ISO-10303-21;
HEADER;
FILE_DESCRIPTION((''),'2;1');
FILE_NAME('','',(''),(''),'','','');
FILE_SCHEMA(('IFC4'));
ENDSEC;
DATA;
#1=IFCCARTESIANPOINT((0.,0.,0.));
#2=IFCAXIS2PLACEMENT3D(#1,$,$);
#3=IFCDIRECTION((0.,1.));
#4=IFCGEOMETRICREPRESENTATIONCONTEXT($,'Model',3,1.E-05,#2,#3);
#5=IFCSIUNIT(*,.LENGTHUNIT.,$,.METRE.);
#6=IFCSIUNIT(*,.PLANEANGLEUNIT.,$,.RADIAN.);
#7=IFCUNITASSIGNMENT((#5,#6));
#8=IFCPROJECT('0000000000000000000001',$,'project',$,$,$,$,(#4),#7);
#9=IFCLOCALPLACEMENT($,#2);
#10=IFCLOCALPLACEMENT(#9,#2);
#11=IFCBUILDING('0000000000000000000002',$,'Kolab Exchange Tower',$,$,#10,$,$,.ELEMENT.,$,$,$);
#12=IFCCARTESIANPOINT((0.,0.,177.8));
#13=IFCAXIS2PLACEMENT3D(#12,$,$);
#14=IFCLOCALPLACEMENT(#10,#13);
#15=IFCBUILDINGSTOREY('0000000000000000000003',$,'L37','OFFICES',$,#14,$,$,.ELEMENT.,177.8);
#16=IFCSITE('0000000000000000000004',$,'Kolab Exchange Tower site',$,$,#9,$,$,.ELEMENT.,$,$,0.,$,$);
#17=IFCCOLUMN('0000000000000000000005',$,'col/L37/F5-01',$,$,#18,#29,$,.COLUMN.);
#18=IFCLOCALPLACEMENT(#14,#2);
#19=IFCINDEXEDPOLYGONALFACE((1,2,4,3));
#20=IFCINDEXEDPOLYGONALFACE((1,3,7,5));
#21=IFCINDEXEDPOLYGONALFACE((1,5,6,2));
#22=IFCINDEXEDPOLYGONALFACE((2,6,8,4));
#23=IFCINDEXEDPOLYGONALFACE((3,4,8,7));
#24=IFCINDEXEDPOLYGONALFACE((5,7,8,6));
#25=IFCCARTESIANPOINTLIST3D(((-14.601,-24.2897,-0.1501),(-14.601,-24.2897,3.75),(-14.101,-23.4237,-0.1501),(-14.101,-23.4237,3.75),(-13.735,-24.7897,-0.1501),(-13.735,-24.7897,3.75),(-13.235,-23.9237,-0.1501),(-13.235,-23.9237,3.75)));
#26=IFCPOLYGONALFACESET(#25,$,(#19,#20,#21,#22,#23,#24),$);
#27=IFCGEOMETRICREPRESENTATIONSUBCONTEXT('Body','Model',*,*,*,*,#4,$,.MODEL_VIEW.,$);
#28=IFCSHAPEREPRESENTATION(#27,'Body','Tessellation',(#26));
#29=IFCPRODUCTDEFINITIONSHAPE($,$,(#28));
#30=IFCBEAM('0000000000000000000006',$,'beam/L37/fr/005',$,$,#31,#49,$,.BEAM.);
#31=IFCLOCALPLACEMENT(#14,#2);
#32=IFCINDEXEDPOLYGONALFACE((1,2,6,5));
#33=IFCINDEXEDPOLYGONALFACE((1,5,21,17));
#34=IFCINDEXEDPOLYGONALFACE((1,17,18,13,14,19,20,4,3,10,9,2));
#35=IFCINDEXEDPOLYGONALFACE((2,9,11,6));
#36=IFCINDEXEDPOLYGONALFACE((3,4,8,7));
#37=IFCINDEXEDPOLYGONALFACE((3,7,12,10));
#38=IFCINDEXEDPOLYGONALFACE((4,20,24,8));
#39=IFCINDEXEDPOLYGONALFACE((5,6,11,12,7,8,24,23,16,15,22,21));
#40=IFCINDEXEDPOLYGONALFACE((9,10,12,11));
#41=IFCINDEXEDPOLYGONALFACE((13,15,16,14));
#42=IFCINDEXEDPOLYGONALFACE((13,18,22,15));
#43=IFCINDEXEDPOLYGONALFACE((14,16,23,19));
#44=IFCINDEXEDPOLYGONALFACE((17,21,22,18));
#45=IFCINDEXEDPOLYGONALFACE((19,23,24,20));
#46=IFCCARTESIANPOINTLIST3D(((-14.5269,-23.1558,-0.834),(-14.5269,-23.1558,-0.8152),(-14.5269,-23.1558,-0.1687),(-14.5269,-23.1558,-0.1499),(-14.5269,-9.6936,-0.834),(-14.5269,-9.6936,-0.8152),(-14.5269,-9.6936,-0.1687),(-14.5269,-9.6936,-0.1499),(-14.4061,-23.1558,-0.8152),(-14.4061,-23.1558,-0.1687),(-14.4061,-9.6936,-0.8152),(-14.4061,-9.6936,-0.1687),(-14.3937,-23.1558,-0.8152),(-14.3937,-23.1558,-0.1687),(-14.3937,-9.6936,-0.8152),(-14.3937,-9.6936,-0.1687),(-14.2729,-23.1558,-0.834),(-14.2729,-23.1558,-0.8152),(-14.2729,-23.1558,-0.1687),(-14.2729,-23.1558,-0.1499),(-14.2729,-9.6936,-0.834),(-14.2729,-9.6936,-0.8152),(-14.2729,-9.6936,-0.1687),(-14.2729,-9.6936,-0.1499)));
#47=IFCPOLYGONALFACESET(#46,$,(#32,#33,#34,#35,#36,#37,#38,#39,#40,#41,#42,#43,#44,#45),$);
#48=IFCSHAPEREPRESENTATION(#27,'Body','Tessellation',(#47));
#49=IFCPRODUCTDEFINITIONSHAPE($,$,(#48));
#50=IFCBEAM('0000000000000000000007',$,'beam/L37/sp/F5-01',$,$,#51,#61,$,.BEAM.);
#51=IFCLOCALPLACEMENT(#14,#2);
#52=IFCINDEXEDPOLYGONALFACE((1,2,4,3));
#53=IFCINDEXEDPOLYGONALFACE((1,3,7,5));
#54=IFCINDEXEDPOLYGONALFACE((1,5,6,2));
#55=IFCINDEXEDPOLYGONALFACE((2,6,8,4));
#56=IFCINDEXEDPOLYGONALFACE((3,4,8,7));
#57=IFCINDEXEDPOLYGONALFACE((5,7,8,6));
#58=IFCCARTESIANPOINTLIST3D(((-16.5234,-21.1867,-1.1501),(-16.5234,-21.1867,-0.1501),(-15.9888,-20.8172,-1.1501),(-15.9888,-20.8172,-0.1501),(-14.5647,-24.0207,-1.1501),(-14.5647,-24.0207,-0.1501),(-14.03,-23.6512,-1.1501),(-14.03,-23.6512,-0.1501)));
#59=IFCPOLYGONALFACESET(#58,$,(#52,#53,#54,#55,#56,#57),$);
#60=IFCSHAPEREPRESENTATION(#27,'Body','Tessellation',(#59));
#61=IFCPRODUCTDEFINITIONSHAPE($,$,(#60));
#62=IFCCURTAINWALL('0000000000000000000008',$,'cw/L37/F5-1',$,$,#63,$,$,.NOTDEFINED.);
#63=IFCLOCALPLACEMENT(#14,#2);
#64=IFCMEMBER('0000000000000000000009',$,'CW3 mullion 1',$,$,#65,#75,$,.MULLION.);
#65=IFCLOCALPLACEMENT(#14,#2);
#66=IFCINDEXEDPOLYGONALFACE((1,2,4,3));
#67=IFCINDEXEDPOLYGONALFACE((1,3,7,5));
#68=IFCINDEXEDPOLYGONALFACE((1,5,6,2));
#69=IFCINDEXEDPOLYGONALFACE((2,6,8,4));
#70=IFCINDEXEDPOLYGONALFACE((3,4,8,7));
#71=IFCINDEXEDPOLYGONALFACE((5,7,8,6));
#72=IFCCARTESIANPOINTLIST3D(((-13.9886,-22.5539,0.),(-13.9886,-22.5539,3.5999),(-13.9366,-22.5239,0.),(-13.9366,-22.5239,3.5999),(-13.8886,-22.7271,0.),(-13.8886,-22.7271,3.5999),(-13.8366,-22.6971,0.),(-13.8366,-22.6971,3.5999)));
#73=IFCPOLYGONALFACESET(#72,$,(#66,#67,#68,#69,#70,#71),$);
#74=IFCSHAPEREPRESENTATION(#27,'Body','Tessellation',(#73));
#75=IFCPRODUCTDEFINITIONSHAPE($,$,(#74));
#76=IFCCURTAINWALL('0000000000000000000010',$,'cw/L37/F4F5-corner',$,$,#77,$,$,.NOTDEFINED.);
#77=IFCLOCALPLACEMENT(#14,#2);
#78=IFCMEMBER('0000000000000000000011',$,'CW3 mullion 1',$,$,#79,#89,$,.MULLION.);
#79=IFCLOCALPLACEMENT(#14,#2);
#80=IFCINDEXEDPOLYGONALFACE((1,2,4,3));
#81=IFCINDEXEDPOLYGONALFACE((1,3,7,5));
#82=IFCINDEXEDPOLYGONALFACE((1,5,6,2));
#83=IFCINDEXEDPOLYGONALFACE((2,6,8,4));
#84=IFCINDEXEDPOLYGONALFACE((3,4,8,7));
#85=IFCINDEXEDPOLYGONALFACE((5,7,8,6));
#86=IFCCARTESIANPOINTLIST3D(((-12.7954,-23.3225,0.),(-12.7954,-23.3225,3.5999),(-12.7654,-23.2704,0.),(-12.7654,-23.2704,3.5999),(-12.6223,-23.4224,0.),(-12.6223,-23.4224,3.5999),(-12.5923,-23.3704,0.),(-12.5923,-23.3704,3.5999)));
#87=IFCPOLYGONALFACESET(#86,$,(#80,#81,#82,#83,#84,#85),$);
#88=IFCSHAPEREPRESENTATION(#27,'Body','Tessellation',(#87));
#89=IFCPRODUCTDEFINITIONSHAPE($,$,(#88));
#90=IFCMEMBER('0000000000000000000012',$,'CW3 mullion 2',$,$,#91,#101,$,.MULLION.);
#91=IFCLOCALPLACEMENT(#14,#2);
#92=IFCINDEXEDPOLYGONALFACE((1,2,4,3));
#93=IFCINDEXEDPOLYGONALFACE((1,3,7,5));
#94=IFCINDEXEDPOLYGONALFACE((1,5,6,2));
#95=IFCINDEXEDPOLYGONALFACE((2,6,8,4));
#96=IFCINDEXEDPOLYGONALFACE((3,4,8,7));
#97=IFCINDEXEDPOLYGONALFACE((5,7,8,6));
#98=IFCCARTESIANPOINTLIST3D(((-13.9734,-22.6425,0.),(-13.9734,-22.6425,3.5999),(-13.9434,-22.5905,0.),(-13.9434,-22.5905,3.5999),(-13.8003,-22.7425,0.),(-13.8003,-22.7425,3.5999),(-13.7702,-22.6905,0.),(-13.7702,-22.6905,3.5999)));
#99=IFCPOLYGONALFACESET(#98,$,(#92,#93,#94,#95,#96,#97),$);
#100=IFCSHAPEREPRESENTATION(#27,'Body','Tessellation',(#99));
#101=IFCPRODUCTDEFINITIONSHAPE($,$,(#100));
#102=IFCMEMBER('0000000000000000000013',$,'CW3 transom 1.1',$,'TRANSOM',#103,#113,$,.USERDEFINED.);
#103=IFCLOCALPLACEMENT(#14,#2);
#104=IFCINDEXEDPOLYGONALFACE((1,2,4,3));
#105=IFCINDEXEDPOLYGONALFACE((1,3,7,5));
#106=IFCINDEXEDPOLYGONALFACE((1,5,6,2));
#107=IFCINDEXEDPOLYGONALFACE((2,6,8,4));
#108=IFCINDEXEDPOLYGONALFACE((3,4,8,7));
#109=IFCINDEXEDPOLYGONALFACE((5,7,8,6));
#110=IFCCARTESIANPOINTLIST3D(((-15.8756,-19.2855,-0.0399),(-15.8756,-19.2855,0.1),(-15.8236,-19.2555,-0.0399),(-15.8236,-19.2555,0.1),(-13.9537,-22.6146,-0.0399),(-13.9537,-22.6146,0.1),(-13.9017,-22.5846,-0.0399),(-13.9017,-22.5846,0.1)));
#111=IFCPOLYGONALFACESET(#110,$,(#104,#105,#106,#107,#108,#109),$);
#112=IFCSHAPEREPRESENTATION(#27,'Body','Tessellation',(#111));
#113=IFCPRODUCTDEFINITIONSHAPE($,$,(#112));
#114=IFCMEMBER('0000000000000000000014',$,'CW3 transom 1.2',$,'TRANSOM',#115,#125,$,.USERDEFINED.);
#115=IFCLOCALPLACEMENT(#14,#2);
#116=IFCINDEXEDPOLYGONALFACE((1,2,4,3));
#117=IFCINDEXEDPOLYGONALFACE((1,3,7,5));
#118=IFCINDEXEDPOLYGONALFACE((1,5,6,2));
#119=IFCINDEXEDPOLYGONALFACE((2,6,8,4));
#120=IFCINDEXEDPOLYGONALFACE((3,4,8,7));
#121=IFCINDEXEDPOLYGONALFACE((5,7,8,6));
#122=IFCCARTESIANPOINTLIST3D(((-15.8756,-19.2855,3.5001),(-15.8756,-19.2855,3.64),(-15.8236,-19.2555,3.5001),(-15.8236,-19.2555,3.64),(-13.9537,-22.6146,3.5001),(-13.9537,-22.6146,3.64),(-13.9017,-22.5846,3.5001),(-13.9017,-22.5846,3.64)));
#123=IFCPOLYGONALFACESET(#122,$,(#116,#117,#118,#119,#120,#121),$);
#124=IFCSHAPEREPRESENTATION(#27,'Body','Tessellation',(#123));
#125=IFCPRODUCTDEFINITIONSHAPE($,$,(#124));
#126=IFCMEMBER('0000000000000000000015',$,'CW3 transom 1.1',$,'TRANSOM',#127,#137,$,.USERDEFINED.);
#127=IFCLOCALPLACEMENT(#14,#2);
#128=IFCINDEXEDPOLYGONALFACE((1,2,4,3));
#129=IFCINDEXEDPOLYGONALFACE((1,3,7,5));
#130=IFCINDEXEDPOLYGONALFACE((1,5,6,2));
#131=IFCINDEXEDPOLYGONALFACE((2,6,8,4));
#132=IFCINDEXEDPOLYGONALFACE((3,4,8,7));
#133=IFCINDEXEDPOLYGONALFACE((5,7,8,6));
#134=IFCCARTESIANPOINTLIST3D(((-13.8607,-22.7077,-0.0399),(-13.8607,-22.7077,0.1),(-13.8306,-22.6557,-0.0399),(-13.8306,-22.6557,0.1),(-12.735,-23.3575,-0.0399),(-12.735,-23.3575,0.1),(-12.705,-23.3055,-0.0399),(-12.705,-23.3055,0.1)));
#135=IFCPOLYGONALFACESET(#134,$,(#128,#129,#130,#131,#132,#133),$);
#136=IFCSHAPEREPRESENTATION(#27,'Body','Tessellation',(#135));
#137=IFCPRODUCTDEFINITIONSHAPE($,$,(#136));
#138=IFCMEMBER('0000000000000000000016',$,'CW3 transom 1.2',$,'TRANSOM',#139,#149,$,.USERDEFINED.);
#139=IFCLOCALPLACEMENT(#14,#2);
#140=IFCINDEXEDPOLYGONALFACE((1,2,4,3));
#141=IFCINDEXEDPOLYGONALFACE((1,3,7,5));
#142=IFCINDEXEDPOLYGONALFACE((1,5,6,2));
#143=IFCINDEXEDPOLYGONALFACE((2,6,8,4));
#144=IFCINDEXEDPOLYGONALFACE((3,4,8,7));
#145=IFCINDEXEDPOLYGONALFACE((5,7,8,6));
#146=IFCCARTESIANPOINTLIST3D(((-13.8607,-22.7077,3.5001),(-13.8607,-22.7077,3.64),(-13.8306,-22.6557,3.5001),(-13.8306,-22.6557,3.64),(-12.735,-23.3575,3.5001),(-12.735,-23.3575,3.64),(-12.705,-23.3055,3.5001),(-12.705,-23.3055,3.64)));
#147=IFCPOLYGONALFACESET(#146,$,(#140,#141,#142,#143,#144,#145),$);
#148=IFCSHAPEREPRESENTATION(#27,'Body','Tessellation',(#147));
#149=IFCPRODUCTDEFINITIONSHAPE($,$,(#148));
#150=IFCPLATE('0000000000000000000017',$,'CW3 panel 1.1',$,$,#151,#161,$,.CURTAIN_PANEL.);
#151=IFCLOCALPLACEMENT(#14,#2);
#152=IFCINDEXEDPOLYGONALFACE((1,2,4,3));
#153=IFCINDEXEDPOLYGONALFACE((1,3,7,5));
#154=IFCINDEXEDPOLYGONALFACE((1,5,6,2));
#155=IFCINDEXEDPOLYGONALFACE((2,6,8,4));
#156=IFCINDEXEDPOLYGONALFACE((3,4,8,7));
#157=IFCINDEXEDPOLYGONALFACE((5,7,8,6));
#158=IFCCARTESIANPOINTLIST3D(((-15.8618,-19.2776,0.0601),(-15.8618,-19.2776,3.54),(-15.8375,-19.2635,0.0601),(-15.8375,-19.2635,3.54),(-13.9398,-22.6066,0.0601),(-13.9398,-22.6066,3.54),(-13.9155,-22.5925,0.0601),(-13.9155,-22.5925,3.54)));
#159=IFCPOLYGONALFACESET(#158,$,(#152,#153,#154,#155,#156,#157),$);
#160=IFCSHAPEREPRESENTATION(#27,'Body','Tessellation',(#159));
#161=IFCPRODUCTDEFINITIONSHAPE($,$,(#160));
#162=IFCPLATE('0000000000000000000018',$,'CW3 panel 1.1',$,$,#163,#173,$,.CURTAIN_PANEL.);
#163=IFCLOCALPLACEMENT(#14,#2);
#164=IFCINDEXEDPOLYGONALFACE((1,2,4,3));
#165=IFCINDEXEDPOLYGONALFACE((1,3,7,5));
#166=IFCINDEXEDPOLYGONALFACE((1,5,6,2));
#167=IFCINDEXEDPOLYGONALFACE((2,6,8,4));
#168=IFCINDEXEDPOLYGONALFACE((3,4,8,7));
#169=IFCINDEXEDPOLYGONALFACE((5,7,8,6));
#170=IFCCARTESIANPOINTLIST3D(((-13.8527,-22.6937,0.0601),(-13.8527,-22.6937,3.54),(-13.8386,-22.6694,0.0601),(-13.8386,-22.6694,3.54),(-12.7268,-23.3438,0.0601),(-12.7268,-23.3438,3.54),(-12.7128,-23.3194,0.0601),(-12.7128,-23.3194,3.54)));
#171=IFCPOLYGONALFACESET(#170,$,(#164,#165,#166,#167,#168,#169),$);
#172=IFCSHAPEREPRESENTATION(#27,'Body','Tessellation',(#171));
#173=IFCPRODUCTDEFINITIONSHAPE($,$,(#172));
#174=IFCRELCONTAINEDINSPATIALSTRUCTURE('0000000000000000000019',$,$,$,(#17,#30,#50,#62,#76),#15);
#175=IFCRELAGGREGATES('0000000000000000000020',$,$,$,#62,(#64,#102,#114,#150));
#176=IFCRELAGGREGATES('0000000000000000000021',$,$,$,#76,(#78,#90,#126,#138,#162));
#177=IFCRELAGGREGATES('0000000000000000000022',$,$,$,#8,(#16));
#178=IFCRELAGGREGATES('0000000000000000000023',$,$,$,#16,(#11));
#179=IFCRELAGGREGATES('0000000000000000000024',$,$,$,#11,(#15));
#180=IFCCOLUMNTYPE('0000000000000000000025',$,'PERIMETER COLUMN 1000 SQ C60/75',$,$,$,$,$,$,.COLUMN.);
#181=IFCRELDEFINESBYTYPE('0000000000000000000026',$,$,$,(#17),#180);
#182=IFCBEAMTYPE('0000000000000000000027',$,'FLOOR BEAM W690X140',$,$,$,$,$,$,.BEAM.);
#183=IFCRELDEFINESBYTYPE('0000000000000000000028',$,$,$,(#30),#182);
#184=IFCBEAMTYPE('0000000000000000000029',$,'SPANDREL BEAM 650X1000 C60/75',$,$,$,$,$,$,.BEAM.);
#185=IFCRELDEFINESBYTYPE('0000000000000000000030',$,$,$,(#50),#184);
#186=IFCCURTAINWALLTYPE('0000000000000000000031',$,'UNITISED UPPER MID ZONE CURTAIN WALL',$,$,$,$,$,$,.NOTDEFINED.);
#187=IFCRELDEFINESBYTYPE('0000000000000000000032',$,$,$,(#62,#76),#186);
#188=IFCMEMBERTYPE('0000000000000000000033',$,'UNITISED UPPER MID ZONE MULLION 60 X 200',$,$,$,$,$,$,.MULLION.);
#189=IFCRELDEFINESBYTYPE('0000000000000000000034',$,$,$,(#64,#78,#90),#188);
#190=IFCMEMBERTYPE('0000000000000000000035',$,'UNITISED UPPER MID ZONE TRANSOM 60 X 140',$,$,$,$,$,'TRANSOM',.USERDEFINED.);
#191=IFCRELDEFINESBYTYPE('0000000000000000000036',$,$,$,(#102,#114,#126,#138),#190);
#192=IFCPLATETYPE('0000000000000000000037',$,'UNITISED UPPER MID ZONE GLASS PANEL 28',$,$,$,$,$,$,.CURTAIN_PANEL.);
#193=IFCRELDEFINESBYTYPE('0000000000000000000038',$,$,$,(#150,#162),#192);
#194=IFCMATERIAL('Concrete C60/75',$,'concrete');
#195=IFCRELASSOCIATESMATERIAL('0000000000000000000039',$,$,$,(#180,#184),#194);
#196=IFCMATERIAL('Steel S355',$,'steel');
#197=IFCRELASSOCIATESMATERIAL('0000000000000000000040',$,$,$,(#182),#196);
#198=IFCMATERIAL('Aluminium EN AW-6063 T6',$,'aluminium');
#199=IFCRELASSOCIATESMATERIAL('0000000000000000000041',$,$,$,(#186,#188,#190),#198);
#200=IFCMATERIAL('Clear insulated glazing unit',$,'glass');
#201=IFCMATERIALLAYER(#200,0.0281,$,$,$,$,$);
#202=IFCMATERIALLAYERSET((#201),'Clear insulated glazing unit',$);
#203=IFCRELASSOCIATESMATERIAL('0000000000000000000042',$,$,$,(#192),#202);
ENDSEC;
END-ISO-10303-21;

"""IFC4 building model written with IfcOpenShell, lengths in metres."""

from ifc_helpers import new_model, si_unit, direction, frame, origin, origin_2d, place, context, subcontext, project, spatial, rectangle, i_section, extrude, material, layer, layer_set, material_profile, profile_set, type_object, element, aggregate, save


model = new_model("IFC4")

# Units and contexts
model_context = context("Model", 3, precision=1e-05, world=origin(), true_north=direction((0.0, 1.0)))
body_context = subcontext(model_context, "Body", "Model", "MODEL_VIEW")
ifc_project = project(units=[si_unit("LENGTHUNIT", "METRE"), si_unit("PLANEANGLEUNIT", "RADIAN")], contexts=[model_context])

# Site, building, storey
site_placement = place(None, origin())
site = spatial("IfcSite", under=ifc_project, at=site_placement, Name="Kolab Exchange Tower site", CompositionType="ELEMENT", RefElevation=0.0)
building_placement = place(site_placement, origin())
building = spatial("IfcBuilding", under=site, at=building_placement, Name="Kolab Exchange Tower", CompositionType="ELEMENT")
storey_placement = place(building_placement, frame((0.0, 0.0, 177.8)))
storey = spatial("IfcBuildingStorey", under=building, at=storey_placement, Name="L37", Description="OFFICES", CompositionType="ELEMENT", Elevation=177.8)

# Column
ifc_material_1 = material(Name="Concrete C60/75", Category="concrete")
ifc_material_profile_1 = material_profile(ifc_material_1, rectangle(XDim=1.0, YDim=1.0, at=origin_2d()), Name="RC1000")
ifc_profile_set_1 = profile_set([ifc_material_profile_1], Name="Concrete C60/75")
column_type = type_object("IfcColumnType", Name="PERIMETER COLUMN 1000 SQ C60/75", PredefinedType="COLUMN", material=ifc_profile_set_1)
column_placement = place(storey_placement, frame((-13.918, -24.1067, -0.1501), z_axis=(0.0, 0.0, 1.0), x_axis=(0.5, 0.866025, 0.0)))
element("IfcColumn", 1, at=column_placement, inside=storey, type_object=column_type, Name="col/L37/F5-01", PredefinedType="COLUMN", context=body_context, shape_type="SweptSolid", body=[
    extrude(rectangle(XDim=1.0, YDim=1.0, at=origin_2d()), origin(), (0.0, 0.0, 1.0), 3.9001),
])

# Beams
ifc_material_2 = material(Name="Steel S355", Category="steel")
ifc_material_profile_2 = material_profile(ifc_material_2, i_section(OverallWidth=0.2539, OverallDepth=0.6841, WebThickness=0.0125, FlangeThickness=0.0188, at=origin_2d()), Name="W690X140")
ifc_profile_set_2 = profile_set([ifc_material_profile_2], Name="Steel S355")
beam_type_1 = type_object("IfcBeamType", Name="FLOOR BEAM W690X140", PredefinedType="BEAM", material=ifc_profile_set_2)
beam_1_placement = place(storey_placement, frame((-14.3999, -23.1558, -0.4919), z_axis=(0.0, 1.0, 0.0), x_axis=(-1.0, 0.0, 0.0)))
element("IfcBeam", 2, at=beam_1_placement, inside=storey, type_object=beam_type_1, Name="beam/L37/fr/005", PredefinedType="BEAM", context=body_context, shape_type="SweptSolid", body=[
    extrude(i_section(OverallWidth=0.2539, OverallDepth=0.6841, WebThickness=0.0125, FlangeThickness=0.0188, at=origin_2d()), origin(), (0.0, 0.0, 1.0), 13.4622),
])
ifc_material_profile_3 = material_profile(ifc_material_1, rectangle(XDim=0.6499, YDim=1.0, at=origin_2d()), Name="RC650X1000")
ifc_profile_set_3 = profile_set([ifc_material_profile_3], Name="Concrete C60/75")
beam_type_2 = type_object("IfcBeamType", Name="SPANDREL BEAM 650X1000 C60/75", PredefinedType="BEAM", material=ifc_profile_set_3)
beam_2_placement = place(storey_placement, frame((-14.2974, -23.8359, -0.6501), z_axis=(-0.568572, 0.822633, 0.0), x_axis=(-0.822633, -0.568572, 0.0)))
element("IfcBeam", 3, at=beam_2_placement, inside=storey, type_object=beam_type_2, Name="beam/L37/sp/F5-01", PredefinedType="BEAM", context=body_context, shape_type="SweptSolid", body=[
    extrude(rectangle(XDim=0.6499, YDim=1.0, at=origin_2d()), origin(), (0.0, 0.0, 1.0), 3.4451),
])

# Curtain wall, member
ifc_material_3 = material(Name="Aluminium EN AW-6063 T6", Category="aluminium")
curtain_wall_type = type_object("IfcCurtainWallType", Name="UNITISED UPPER MID ZONE CURTAIN WALL", PredefinedType="NOTDEFINED", material=ifc_material_3)
curtain_wall_1_placement = place(storey_placement, origin())
curtain_wall_1 = element("IfcCurtainWall", 4, at=curtain_wall_1_placement, inside=storey, type_object=curtain_wall_type, Name="cw/L37/F5-1", PredefinedType="NOTDEFINED")
ifc_material_profile_4 = material_profile(ifc_material_3, rectangle(XDim=0.0601, YDim=0.2, at=origin_2d()), Name="RECT 60X200")
ifc_profile_set_4 = profile_set([ifc_material_profile_4], Name="Aluminium EN AW-6063 T6")
member_type_1 = type_object("IfcMemberType", Name="UNITISED UPPER MID ZONE MULLION 60 X 200", PredefinedType="MULLION", material=ifc_profile_set_4)
member_1_placement = place(storey_placement, frame((-13.9126, -22.6255, 0.0), z_axis=(0.0, 0.0, 1.0), x_axis=(-0.866025, -0.5, 0.0)))
member_1 = element("IfcMember", 5, at=member_1_placement, type_object=member_type_1, Name="CW3 mullion 1", PredefinedType="MULLION", context=body_context, shape_type="SweptSolid", body=[
    extrude(rectangle(XDim=0.0601, YDim=0.2, at=origin_2d()), origin(), (0.0, 0.0, 1.0), 3.5999),
])

# Curtain wall, members
curtain_wall_2_placement = place(storey_placement, origin())
curtain_wall_2 = element("IfcCurtainWall", 6, at=curtain_wall_2_placement, inside=storey, type_object=curtain_wall_type, Name="cw/L37/F4F5-corner", PredefinedType="NOTDEFINED")
member_2_placement = place(storey_placement, frame((-12.6938, -23.3464, 0.0), z_axis=(0.0, 0.0, 1.0), x_axis=(-0.5, -0.866025, 0.0)))
member_2 = element("IfcMember", 7, at=member_2_placement, type_object=member_type_1, Name="CW3 mullion 1", PredefinedType="MULLION", context=body_context, shape_type="SweptSolid", body=[
    extrude(rectangle(XDim=0.0601, YDim=0.2, at=origin_2d()), origin(), (0.0, 0.0, 1.0), 3.5999),
])
member_3_placement = place(storey_placement, frame((-13.8718, -22.6665, 0.0), z_axis=(0.0, 0.0, 1.0), x_axis=(-0.5, -0.866025, 0.0)))
member_3 = element("IfcMember", 8, at=member_3_placement, type_object=member_type_1, Name="CW3 mullion 2", PredefinedType="MULLION", context=body_context, shape_type="SweptSolid", body=[
    extrude(rectangle(XDim=0.0601, YDim=0.2, at=origin_2d()), origin(), (0.0, 0.0, 1.0), 3.5999),
])

# Members
ifc_material_profile_5 = material_profile(ifc_material_3, rectangle(XDim=0.0601, YDim=0.1399, at=origin_2d()), Name="RECT 60X140")
ifc_profile_set_5 = profile_set([ifc_material_profile_5], Name="Aluminium EN AW-6063 T6")
member_type_2 = type_object("IfcMemberType", Name="UNITISED UPPER MID ZONE TRANSOM 60 X 140", ElementType="TRANSOM", PredefinedType="USERDEFINED", material=ifc_profile_set_5)
member_4_placement = place(storey_placement, frame((-13.9277, -22.5996, 0.03), z_axis=(-0.499964, 0.866046, 0.0), x_axis=(-0.866046, -0.499964, 0.0)))
member_4 = element("IfcMember", 9, at=member_4_placement, type_object=member_type_2, Name="CW3 transom 1.1", ObjectType="TRANSOM", PredefinedType="USERDEFINED", context=body_context, shape_type="SweptSolid", body=[
    extrude(rectangle(XDim=0.0601, YDim=0.1399, at=origin_2d()), origin(), (0.0, 0.0, 1.0), 3.844),
])
member_5_placement = place(storey_placement, frame((-13.9277, -22.5996, 3.5701), z_axis=(-0.499964, 0.866046, 0.0), x_axis=(-0.866046, -0.499964, 0.0)))
member_5 = element("IfcMember", 10, at=member_5_placement, type_object=member_type_2, Name="CW3 transom 1.2", ObjectType="TRANSOM", PredefinedType="USERDEFINED", context=body_context, shape_type="SweptSolid", body=[
    extrude(rectangle(XDim=0.0601, YDim=0.1399, at=origin_2d()), origin(), (0.0, 0.0, 1.0), 3.844),
])
member_6_placement = place(storey_placement, frame((-12.72, -23.3315, 0.03), z_axis=(-0.866039, 0.499977, 0.0), x_axis=(-0.499977, -0.866039, 0.0)))
member_6 = element("IfcMember", 11, at=member_6_placement, type_object=member_type_2, Name="CW3 transom 1.1", ObjectType="TRANSOM", PredefinedType="USERDEFINED", context=body_context, shape_type="SweptSolid", body=[
    extrude(rectangle(XDim=0.0601, YDim=0.1399, at=origin_2d()), origin(), (0.0, 0.0, 1.0), 1.2998),
])
member_7_placement = place(storey_placement, frame((-12.72, -23.3315, 3.5701), z_axis=(-0.866039, 0.499977, 0.0), x_axis=(-0.499977, -0.866039, 0.0)))
member_7 = element("IfcMember", 12, at=member_7_placement, type_object=member_type_2, Name="CW3 transom 1.2", ObjectType="TRANSOM", PredefinedType="USERDEFINED", context=body_context, shape_type="SweptSolid", body=[
    extrude(rectangle(XDim=0.0601, YDim=0.1399, at=origin_2d()), origin(), (0.0, 0.0, 1.0), 1.2998),
])

# Plates
ifc_material_4 = material(Name="Clear insulated glazing unit", Category="glass")
ifc_layer = layer(ifc_material_4, 0.0281)
ifc_layer_set = layer_set([ifc_layer], Name="Clear insulated glazing unit")
plate_type = type_object("IfcPlateType", Name="UNITISED UPPER MID ZONE GLASS PANEL 28", PredefinedType="CURTAIN_PANEL", material=ifc_layer_set)
plate_1_placement = place(storey_placement, frame((-14.8887, -20.9351, 0.0601), z_axis=(0.0, 0.0, 1.0), x_axis=(-0.5, 0.866025, 0.0)))
plate_1 = element("IfcPlate", 13, at=plate_1_placement, type_object=plate_type, Name="CW3 panel 1.1", PredefinedType="CURTAIN_PANEL", context=body_context, shape_type="SweptSolid", body=[
    extrude(rectangle(XDim=3.844, YDim=0.0281, at=origin_2d()), origin(), (0.0, 0.0, 1.0), 3.48),
])
aggregate(curtain_wall_1, [member_1, member_4, member_5, plate_1])
plate_2_placement = place(storey_placement, frame((-13.2827, -23.0066, 0.0601), z_axis=(0.0, 0.0, 1.0), x_axis=(-0.866025, 0.5, 0.0)))
plate_2 = element("IfcPlate", 14, at=plate_2_placement, type_object=plate_type, Name="CW3 panel 1.1", PredefinedType="CURTAIN_PANEL", context=body_context, shape_type="SweptSolid", body=[
    extrude(rectangle(XDim=1.3, YDim=0.0281, at=origin_2d()), origin(), (0.0, 0.0, 1.0), 3.48),
])
aggregate(curtain_wall_2, [member_2, member_3, member_6, member_7, plate_2])

save(model, "model.ifc")
